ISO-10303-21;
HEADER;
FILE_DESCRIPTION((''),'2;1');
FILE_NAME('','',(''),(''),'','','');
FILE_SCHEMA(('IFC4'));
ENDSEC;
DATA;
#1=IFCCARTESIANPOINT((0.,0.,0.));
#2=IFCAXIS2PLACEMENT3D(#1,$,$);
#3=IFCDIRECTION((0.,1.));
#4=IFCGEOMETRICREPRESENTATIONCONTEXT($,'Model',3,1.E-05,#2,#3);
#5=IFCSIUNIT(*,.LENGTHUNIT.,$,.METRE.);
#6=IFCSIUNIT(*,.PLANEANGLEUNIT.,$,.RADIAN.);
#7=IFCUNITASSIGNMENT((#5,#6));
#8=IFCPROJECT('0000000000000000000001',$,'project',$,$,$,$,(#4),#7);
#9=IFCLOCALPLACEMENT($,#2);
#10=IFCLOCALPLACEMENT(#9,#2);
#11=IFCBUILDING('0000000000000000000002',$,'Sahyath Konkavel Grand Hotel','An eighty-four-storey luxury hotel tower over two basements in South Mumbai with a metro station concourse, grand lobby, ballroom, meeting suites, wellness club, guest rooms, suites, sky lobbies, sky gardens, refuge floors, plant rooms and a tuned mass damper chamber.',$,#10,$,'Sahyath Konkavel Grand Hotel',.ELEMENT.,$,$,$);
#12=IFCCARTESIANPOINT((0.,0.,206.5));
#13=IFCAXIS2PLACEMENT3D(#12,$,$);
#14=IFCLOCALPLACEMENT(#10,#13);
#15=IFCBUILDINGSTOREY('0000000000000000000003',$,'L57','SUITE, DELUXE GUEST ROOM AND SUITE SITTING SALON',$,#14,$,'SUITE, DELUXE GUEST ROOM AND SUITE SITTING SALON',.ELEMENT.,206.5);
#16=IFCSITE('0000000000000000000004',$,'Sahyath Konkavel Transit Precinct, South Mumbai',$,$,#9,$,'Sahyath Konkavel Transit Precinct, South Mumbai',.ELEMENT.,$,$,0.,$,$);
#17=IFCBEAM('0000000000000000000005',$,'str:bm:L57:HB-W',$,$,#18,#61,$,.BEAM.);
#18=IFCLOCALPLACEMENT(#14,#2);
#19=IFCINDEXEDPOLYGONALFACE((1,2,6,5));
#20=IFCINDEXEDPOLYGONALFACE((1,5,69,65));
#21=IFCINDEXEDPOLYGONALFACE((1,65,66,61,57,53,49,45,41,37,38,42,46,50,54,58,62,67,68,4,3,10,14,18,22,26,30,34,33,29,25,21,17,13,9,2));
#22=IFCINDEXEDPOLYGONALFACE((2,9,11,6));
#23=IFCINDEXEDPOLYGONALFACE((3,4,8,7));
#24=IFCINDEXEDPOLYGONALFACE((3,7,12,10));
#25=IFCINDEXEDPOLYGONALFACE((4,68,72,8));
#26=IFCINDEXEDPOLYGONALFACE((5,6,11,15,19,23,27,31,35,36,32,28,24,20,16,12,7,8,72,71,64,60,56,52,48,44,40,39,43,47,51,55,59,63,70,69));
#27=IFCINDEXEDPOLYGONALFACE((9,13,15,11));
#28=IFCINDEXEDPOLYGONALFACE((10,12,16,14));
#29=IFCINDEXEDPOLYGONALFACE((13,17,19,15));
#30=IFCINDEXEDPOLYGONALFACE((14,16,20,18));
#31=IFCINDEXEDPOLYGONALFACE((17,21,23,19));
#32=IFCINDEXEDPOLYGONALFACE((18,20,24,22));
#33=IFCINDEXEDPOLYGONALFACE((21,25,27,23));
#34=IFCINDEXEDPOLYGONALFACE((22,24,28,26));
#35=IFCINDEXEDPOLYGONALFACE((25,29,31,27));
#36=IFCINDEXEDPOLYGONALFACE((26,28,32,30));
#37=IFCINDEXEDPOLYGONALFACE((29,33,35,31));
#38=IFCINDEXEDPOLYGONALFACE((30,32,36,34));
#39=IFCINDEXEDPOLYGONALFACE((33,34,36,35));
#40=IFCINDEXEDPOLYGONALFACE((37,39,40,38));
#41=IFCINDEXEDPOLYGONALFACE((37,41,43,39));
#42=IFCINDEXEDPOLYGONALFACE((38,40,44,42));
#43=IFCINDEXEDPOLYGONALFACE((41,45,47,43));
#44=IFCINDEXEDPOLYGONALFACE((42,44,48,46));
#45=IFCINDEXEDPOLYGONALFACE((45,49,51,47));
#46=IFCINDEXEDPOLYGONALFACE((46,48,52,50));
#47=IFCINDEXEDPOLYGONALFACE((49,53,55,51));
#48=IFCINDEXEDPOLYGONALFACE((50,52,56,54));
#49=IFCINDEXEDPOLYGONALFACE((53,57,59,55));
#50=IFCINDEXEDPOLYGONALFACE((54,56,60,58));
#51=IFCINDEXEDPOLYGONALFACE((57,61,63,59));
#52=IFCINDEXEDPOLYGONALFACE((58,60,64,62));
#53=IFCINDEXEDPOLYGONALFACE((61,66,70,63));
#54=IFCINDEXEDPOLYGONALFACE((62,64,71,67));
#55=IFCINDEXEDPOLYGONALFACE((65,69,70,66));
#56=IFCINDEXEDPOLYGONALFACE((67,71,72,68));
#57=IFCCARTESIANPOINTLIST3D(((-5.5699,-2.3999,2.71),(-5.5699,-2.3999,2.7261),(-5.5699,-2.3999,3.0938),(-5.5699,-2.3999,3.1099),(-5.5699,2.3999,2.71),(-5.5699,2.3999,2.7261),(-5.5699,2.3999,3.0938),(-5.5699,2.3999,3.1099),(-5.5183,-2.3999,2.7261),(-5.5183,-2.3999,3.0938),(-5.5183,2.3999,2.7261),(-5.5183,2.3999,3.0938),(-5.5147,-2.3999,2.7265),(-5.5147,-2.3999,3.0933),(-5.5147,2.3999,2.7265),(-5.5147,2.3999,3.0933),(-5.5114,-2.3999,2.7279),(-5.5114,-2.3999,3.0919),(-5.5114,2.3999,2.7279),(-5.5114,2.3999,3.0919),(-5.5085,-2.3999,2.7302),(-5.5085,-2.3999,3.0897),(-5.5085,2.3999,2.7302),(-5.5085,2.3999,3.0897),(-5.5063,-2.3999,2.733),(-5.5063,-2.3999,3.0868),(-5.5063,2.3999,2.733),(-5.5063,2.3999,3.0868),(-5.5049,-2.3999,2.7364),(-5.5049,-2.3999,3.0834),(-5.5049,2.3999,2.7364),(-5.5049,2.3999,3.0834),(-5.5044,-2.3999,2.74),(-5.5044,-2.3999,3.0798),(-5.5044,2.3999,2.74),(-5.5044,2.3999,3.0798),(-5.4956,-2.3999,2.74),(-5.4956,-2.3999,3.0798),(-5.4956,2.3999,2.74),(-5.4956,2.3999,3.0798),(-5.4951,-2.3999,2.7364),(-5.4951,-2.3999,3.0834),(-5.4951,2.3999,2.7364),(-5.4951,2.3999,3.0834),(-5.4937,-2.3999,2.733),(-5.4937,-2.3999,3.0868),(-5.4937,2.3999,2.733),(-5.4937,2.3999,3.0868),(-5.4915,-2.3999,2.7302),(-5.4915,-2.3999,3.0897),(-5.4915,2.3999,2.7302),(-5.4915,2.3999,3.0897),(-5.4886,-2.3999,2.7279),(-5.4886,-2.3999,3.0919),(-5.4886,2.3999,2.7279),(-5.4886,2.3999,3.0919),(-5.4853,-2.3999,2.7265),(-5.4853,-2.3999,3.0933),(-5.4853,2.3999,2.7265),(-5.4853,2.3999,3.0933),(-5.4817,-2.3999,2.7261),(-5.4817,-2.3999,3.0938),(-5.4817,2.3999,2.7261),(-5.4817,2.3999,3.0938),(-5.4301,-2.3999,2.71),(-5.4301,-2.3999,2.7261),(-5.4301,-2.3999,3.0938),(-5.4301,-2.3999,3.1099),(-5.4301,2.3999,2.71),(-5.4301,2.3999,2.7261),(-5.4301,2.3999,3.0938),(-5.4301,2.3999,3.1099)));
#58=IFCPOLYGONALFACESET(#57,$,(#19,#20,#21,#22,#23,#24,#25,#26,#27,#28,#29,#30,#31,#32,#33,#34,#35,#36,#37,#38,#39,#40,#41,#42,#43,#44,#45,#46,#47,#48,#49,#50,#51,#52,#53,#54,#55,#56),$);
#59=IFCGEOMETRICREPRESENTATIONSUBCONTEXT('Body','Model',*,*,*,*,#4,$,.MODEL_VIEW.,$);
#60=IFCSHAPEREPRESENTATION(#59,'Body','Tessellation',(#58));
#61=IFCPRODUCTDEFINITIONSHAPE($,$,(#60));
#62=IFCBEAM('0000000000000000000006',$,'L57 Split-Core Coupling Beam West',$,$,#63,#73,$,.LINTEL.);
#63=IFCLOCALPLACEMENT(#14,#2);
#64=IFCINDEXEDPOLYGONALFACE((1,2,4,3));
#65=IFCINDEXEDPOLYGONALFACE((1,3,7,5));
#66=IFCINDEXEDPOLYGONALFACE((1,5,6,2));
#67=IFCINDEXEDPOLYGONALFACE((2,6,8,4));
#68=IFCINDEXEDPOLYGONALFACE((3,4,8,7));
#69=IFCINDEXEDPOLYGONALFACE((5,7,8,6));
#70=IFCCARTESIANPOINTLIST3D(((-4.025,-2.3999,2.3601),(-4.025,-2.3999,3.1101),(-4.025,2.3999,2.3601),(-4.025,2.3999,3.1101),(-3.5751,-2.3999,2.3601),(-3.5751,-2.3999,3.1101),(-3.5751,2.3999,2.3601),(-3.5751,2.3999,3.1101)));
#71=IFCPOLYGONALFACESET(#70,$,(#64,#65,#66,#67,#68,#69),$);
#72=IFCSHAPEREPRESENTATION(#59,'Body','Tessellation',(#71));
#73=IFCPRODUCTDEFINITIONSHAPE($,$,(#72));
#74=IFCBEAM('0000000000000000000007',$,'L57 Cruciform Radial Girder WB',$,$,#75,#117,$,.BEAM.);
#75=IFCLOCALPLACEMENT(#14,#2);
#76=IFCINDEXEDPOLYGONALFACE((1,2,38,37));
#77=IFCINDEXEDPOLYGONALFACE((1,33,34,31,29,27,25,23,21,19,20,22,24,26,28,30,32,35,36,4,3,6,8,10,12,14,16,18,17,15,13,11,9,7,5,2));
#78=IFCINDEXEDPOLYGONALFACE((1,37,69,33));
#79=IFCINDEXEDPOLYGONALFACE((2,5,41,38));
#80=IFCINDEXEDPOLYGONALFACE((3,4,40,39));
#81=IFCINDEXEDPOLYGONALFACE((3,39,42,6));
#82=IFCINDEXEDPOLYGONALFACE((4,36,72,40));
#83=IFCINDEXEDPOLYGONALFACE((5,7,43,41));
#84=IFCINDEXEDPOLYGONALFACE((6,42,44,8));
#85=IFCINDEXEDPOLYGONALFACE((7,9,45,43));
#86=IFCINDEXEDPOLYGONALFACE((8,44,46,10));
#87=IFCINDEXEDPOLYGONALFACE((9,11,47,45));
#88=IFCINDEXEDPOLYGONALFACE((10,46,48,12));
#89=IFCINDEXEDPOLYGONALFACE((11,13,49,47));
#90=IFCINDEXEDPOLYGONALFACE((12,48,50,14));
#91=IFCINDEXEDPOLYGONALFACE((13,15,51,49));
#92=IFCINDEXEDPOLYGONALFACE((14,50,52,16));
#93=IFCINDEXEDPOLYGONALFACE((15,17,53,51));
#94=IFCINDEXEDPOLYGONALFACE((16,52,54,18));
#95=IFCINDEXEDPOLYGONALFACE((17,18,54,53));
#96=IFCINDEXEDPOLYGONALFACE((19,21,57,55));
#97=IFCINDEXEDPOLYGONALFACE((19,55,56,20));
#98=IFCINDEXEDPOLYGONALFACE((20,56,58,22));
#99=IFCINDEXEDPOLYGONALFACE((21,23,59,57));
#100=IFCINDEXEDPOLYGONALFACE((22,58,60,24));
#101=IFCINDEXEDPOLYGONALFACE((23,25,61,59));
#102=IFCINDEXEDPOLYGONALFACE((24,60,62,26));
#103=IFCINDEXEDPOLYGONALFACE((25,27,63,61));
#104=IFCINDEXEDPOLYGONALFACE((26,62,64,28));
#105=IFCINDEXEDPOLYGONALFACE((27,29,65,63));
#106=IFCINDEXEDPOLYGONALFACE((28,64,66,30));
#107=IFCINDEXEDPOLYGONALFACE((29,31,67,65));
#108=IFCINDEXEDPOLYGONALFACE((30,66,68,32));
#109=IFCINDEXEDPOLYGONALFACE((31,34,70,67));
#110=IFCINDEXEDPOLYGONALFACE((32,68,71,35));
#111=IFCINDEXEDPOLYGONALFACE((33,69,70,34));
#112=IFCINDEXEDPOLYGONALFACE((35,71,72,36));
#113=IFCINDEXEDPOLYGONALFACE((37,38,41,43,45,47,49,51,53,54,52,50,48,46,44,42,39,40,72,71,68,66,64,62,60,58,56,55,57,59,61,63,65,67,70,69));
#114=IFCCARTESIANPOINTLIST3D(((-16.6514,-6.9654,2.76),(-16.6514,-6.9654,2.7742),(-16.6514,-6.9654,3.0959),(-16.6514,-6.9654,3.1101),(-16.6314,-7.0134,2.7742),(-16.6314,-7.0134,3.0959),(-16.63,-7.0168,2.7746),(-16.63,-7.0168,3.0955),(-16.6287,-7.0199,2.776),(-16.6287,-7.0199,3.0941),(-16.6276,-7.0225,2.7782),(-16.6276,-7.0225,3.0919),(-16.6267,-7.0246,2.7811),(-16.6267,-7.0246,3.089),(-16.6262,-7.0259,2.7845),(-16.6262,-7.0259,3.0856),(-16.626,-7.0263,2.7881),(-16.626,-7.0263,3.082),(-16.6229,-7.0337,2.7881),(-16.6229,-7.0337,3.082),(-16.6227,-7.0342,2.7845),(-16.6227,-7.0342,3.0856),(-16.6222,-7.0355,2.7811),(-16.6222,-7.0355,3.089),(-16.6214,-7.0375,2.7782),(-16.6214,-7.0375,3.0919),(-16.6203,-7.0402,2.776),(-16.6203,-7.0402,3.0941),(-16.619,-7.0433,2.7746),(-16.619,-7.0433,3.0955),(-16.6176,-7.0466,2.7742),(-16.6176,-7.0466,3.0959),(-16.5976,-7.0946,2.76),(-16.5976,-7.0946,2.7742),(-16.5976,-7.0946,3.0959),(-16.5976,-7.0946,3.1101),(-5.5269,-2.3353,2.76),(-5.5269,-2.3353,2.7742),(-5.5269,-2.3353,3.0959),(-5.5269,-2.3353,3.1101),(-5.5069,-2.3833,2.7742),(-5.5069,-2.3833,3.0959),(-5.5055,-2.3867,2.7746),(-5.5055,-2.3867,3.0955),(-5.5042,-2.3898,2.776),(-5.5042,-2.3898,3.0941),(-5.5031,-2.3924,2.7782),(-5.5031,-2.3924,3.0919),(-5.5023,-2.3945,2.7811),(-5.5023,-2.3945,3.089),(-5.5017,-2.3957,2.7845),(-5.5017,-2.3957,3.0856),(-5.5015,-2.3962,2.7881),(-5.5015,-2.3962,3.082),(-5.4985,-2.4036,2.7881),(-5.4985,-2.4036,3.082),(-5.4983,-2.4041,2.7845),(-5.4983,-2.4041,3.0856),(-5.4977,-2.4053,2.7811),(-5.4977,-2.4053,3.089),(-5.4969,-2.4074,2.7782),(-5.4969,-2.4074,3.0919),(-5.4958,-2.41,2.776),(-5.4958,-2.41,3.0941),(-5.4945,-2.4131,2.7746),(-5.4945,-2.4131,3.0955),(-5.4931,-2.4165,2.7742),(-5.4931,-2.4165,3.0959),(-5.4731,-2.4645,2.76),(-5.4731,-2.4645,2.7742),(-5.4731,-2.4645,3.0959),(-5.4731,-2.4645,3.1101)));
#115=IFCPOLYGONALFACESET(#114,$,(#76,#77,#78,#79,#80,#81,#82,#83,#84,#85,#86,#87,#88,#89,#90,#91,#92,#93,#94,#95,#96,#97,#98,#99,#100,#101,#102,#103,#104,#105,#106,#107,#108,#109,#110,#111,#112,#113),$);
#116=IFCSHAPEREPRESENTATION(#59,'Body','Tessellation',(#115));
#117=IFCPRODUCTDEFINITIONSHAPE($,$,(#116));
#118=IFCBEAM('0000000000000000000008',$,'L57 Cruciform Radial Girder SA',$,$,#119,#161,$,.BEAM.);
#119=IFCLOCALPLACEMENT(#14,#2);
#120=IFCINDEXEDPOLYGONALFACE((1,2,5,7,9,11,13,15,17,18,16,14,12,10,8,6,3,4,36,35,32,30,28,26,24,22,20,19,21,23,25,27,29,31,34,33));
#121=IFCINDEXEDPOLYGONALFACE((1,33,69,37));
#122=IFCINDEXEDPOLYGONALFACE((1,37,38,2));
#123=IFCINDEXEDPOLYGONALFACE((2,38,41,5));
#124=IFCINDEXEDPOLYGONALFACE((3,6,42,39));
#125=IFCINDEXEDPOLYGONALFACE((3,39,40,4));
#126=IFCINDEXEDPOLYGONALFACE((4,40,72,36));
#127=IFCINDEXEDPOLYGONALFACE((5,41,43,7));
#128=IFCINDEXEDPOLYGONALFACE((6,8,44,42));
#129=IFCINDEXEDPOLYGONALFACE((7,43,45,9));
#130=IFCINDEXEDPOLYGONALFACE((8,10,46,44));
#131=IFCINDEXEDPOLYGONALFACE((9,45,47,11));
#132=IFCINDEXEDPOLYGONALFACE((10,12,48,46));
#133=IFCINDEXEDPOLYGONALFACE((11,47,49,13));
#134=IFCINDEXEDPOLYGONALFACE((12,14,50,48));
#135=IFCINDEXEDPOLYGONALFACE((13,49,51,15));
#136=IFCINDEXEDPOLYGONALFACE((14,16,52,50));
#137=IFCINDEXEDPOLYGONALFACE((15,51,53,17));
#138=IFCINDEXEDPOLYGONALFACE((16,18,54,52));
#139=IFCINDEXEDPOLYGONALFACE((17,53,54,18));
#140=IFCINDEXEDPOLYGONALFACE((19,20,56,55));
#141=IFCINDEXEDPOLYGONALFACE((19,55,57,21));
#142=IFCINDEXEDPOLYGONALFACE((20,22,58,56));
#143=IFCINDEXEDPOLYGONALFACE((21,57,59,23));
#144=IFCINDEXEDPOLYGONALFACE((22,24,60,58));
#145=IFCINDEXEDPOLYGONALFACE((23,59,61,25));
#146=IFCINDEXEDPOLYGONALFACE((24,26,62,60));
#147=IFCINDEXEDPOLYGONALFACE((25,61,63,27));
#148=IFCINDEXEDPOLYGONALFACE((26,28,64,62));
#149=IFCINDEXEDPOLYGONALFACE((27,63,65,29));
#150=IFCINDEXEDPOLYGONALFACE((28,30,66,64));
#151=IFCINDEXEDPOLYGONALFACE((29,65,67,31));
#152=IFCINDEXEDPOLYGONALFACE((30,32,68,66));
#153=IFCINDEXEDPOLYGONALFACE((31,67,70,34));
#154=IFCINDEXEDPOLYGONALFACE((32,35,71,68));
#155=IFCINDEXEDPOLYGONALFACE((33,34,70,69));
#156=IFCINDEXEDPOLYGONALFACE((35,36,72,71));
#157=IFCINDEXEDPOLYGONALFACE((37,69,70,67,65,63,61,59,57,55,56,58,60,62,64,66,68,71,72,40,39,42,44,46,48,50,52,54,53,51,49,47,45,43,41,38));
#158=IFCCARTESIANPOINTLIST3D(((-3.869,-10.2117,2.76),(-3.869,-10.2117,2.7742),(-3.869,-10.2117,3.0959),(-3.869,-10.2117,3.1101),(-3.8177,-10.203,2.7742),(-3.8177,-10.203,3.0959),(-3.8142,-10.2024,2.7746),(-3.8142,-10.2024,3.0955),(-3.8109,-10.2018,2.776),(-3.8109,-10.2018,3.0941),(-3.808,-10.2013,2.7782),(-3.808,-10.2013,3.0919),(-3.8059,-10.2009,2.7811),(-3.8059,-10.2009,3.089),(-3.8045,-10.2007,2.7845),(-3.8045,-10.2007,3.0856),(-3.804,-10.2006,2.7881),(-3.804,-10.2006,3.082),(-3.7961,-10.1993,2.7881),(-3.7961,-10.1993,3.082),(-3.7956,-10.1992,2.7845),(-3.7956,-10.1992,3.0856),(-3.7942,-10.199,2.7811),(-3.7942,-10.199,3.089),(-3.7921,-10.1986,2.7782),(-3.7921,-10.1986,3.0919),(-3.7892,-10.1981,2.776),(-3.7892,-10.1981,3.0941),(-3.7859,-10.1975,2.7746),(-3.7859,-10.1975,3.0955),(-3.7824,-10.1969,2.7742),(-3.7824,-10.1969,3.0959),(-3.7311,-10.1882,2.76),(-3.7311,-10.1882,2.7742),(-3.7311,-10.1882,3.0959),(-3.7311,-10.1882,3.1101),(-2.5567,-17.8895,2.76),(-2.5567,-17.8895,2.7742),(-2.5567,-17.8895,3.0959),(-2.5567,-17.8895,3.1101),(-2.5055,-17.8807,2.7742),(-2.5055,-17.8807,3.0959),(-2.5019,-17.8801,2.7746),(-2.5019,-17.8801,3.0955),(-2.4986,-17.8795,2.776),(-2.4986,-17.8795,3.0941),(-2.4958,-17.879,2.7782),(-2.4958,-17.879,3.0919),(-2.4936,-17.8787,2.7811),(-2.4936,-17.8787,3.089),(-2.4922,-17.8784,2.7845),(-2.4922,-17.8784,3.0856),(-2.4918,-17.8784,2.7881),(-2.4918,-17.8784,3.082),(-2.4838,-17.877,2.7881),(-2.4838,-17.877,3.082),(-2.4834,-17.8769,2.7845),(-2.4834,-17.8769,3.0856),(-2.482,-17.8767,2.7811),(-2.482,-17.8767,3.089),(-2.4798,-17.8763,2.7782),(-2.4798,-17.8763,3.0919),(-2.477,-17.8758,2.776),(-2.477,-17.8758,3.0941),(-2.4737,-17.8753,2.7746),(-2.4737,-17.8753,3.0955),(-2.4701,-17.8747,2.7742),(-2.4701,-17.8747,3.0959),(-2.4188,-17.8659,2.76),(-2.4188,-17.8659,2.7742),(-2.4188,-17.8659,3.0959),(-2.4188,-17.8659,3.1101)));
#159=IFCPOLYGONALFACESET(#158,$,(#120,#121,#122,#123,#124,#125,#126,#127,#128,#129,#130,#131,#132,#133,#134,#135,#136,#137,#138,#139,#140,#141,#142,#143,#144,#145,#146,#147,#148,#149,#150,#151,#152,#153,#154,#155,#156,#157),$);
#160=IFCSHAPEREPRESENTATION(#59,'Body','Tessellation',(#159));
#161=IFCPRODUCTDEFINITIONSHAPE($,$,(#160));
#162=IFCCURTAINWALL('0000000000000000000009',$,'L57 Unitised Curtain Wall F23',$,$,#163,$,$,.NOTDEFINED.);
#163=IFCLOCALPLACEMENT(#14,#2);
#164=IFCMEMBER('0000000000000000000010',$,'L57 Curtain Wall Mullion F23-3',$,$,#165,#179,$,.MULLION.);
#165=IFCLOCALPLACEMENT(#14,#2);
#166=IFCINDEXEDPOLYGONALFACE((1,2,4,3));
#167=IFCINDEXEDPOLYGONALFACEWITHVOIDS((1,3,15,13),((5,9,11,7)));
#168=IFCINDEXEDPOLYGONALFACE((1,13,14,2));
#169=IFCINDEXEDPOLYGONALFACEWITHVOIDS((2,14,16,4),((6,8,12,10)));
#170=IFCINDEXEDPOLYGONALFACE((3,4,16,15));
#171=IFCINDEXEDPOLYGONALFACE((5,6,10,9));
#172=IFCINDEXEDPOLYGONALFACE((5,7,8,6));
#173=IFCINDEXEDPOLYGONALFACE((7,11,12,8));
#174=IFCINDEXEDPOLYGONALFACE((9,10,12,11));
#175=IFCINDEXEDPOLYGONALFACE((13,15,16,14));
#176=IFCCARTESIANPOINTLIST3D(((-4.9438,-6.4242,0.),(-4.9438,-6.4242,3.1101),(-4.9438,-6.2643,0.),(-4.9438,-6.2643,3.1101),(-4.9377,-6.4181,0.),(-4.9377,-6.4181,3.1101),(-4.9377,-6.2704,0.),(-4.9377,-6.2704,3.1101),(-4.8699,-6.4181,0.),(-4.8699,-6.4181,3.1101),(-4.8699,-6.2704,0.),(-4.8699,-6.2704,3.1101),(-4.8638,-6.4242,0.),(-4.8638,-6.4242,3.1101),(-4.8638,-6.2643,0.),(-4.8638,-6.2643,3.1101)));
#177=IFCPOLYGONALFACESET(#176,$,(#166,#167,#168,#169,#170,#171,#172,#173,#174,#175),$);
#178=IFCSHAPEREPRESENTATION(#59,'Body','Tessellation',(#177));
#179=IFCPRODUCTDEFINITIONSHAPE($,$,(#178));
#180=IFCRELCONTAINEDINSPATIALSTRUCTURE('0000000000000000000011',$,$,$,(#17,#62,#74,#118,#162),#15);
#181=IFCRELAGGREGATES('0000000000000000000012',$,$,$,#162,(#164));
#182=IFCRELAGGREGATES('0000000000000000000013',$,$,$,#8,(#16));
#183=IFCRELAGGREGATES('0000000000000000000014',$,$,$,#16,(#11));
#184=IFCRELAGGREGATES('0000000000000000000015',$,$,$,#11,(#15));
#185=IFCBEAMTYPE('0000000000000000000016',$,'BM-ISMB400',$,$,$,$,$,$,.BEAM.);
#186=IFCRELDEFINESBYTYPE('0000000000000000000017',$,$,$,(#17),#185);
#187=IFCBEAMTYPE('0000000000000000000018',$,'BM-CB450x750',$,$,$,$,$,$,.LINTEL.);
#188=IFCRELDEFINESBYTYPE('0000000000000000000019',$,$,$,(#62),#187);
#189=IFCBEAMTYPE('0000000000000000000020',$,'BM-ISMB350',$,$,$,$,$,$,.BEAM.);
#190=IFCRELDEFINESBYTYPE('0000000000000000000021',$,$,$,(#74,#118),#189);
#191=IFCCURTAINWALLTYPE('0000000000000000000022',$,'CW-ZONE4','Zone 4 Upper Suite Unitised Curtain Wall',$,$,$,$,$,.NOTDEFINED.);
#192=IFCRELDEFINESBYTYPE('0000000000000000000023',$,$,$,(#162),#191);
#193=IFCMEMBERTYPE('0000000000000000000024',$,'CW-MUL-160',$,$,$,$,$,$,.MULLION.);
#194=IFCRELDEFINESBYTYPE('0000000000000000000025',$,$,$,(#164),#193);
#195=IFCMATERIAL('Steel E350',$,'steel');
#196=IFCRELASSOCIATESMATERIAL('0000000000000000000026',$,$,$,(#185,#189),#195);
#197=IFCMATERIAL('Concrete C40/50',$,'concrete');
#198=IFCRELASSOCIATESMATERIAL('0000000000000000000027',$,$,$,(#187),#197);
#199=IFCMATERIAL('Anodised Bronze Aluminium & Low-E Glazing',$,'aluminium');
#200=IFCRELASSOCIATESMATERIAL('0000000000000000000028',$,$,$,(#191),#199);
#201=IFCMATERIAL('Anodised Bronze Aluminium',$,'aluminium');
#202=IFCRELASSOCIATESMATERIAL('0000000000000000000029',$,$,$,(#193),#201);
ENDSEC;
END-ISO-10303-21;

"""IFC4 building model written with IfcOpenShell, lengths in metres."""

from ifc_helpers import new_model, si_unit, direction, frame, origin, origin_2d, place, context, subcontext, project, spatial, rectangle, hollow_rectangle, i_section, extrude, source, transform, mapped, material, material_profile, profile_set, type_object, element, aggregate, save


model = new_model("IFC4")

# Units and contexts
model_context = context("Model", 3, precision=1e-05, world=origin(), true_north=direction((0.0, 1.0)))
body_context = subcontext(model_context, "Body", "Model", "MODEL_VIEW")
ifc_project = project(units=[si_unit("LENGTHUNIT", "METRE"), si_unit("PLANEANGLEUNIT", "RADIAN")], contexts=[model_context])

# Site, building, storey
site_placement = place(None, origin())
site = spatial("IfcSite", under=ifc_project, at=site_placement, Name="Sahyath Konkavel Transit Precinct, South Mumbai", LongName="Sahyath Konkavel Transit Precinct, South Mumbai", CompositionType="ELEMENT", RefElevation=0.0)
building_placement = place(site_placement, origin())
building = spatial("IfcBuilding", under=site, at=building_placement, Name="Sahyath Konkavel Grand Hotel", Description="An eighty-four-storey luxury hotel tower over two basements in South Mumbai with a metro station concourse, grand lobby, ballroom, meeting suites, wellness club, guest rooms, suites, sky lobbies, sky gardens, refuge floors, plant rooms and a tuned mass damper chamber.", LongName="Sahyath Konkavel Grand Hotel", CompositionType="ELEMENT")
storey_placement = place(building_placement, frame((0.0, 0.0, 206.5)))
storey = spatial("IfcBuildingStorey", under=building, at=storey_placement, Name="L57", Description="SUITE, DELUXE GUEST ROOM AND SUITE SITTING SALON", LongName="SUITE, DELUXE GUEST ROOM AND SUITE SITTING SALON", CompositionType="ELEMENT", Elevation=206.5)

# Beams
ifc_material_1 = material(Name="Steel E350", Category="steel")
ifc_material_profile_1 = material_profile(ifc_material_1, i_section(OverallWidth=0.1399, OverallDepth=0.3999, WebThickness=0.0088, FlangeThickness=0.0161, FilletRadius=0.0139, at=origin_2d()), Name="ISMB 400")
ifc_profile_set_1 = profile_set([ifc_material_profile_1], Name="Steel E350")
beam_type_1 = type_object("IfcBeamType", Name="BM-ISMB400", PredefinedType="BEAM", material=ifc_profile_set_1)
shared_shape_1 = source(origin(), body_context, "Body", "SweptSolid", [
    extrude(i_section(OverallWidth=0.1399, OverallDepth=0.3999, WebThickness=0.0088, FlangeThickness=0.0161, FilletRadius=0.0139, at=origin_2d()), origin(), (0.0, 0.0, 1.0), 4.7998),
])
beam_1_placement = place(storey_placement, frame((-5.5, -2.3999, 2.9099), z_axis=(0.0, 1.0, 0.0), x_axis=(-1.0, 0.0, 0.0)))
element("IfcBeam", 1, at=beam_1_placement, inside=storey, type_object=beam_type_1, Name="str:bm:L57:HB-W", PredefinedType="BEAM", context=body_context, shape_type="MappedRepresentation", body=[
    mapped(shared_shape_1, transform((0.0, 0.0, 0.0), scale=1.0)),
])
ifc_material_2 = material(Name="Concrete C40/50", Category="concrete")
ifc_material_profile_2 = material_profile(ifc_material_2, rectangle(XDim=0.45, YDim=0.75, at=origin_2d()), Name="RC 450x750")
ifc_profile_set_2 = profile_set([ifc_material_profile_2], Name="Concrete C40/50")
beam_type_2 = type_object("IfcBeamType", Name="BM-CB450x750", PredefinedType="LINTEL", material=ifc_profile_set_2)
shared_shape_2 = source(origin(), body_context, "Body", "SweptSolid", [
    extrude(rectangle(XDim=0.45, YDim=0.75, at=origin_2d()), origin(), (0.0, 0.0, 1.0), 4.7998),
])
beam_2_placement = place(storey_placement, frame((-3.8, -2.3999, 2.7351), z_axis=(0.0, 1.0, 0.0), x_axis=(-1.0, 0.0, 0.0)))
element("IfcBeam", 2, at=beam_2_placement, inside=storey, type_object=beam_type_2, Name="L57 Split-Core Coupling Beam West", PredefinedType="LINTEL", context=body_context, shape_type="MappedRepresentation", body=[
    mapped(shared_shape_2, transform((0.0, 0.0, 0.0), scale=1.0)),
])
ifc_material_profile_3 = material_profile(ifc_material_1, i_section(OverallWidth=0.1399, OverallDepth=0.3501, WebThickness=0.0081, FlangeThickness=0.0142, FilletRadius=0.0139, at=origin_2d()), Name="ISMB 350")
ifc_profile_set_3 = profile_set([ifc_material_profile_3], Name="Steel E350")
beam_type_3 = type_object("IfcBeamType", Name="BM-ISMB350", PredefinedType="BEAM", material=ifc_profile_set_3)
shared_shape_3 = source(origin(), body_context, "Body", "SweptSolid", [
    extrude(i_section(OverallWidth=0.1399, OverallDepth=0.3501, WebThickness=0.0081, FlangeThickness=0.0142, FilletRadius=0.0139, at=origin_2d()), origin(), (0.0, 0.0, 1.0), 12.0496),
])
beam_3_placement = place(storey_placement, frame((-5.5, -2.3999, 2.9351), z_axis=(-0.923227, -0.384256, 0.0), x_axis=(0.384256, -0.923227, 0.0)))
element("IfcBeam", 3, at=beam_3_placement, inside=storey, type_object=beam_type_3, Name="L57 Cruciform Radial Girder WB", PredefinedType="BEAM", context=body_context, shape_type="MappedRepresentation", body=[
    mapped(shared_shape_3, transform((0.0, 0.0, 0.0), scale=1.0)),
])
shared_shape_4 = source(origin(), body_context, "Body", "SweptSolid", [
    extrude(i_section(OverallWidth=0.1399, OverallDepth=0.3501, WebThickness=0.0081, FlangeThickness=0.0142, FilletRadius=0.0139, at=origin_2d()), origin(), (0.0, 0.0, 1.0), 7.7891),
])
beam_4_placement = place(storey_placement, frame((-3.8, -10.2, 2.9351), z_axis=(0.168474, -0.985706, 0.0), x_axis=(0.985706, 0.168474, 0.0)))
element("IfcBeam", 4, at=beam_4_placement, inside=storey, type_object=beam_type_3, Name="L57 Cruciform Radial Girder SA", PredefinedType="BEAM", context=body_context, shape_type="MappedRepresentation", body=[
    mapped(shared_shape_4, transform((0.0, 0.0, 0.0), scale=1.0)),
])

# Curtain wall, member
ifc_material_3 = material(Name="Anodised Bronze Aluminium & Low-E Glazing", Category="aluminium")
curtain_wall_type = type_object("IfcCurtainWallType", Name="CW-ZONE4", Description="Zone 4 Upper Suite Unitised Curtain Wall", PredefinedType="NOTDEFINED", material=ifc_material_3)
curtain_wall_1_placement = place(storey_placement, origin())
curtain_wall_1 = element("IfcCurtainWall", 5, at=curtain_wall_1_placement, inside=storey, type_object=curtain_wall_type, Name="L57 Unitised Curtain Wall F23", PredefinedType="NOTDEFINED")
ifc_material_4 = material(Name="Anodised Bronze Aluminium", Category="aluminium")
ifc_material_profile_4 = material_profile(ifc_material_4, hollow_rectangle(XDim=0.0801, YDim=0.1599, WallThickness=0.0061, at=origin_2d()), Name="RHS 160x80x6")
ifc_profile_set_4 = profile_set([ifc_material_profile_4], Name="Anodised Bronze Aluminium")
member_type_1 = type_object("IfcMemberType", Name="CW-MUL-160", PredefinedType="MULLION", material=ifc_profile_set_4)
shared_shape_5 = source(origin(), body_context, "Body", "SweptSolid", [
    extrude(hollow_rectangle(XDim=0.0801, YDim=0.1599, WallThickness=0.0061, at=origin_2d()), origin(), (0.0, 0.0, 1.0), 3.1101),
])
member_1_placement = place(storey_placement, frame((-4.9038, -6.3442, 0.0), z_axis=(0.0, 0.0, 1.0), x_axis=(1.0, 0.0, 0.0)))
member_1 = element("IfcMember", 6, at=member_1_placement, type_object=member_type_1, Name="L57 Curtain Wall Mullion F23-3", PredefinedType="MULLION", context=body_context, shape_type="MappedRepresentation", body=[
    mapped(shared_shape_5, transform((0.0, 0.0, 0.0), scale=1.0)),
])
aggregate(curtain_wall_1, [member_1])

save(model, "model.ifc")
